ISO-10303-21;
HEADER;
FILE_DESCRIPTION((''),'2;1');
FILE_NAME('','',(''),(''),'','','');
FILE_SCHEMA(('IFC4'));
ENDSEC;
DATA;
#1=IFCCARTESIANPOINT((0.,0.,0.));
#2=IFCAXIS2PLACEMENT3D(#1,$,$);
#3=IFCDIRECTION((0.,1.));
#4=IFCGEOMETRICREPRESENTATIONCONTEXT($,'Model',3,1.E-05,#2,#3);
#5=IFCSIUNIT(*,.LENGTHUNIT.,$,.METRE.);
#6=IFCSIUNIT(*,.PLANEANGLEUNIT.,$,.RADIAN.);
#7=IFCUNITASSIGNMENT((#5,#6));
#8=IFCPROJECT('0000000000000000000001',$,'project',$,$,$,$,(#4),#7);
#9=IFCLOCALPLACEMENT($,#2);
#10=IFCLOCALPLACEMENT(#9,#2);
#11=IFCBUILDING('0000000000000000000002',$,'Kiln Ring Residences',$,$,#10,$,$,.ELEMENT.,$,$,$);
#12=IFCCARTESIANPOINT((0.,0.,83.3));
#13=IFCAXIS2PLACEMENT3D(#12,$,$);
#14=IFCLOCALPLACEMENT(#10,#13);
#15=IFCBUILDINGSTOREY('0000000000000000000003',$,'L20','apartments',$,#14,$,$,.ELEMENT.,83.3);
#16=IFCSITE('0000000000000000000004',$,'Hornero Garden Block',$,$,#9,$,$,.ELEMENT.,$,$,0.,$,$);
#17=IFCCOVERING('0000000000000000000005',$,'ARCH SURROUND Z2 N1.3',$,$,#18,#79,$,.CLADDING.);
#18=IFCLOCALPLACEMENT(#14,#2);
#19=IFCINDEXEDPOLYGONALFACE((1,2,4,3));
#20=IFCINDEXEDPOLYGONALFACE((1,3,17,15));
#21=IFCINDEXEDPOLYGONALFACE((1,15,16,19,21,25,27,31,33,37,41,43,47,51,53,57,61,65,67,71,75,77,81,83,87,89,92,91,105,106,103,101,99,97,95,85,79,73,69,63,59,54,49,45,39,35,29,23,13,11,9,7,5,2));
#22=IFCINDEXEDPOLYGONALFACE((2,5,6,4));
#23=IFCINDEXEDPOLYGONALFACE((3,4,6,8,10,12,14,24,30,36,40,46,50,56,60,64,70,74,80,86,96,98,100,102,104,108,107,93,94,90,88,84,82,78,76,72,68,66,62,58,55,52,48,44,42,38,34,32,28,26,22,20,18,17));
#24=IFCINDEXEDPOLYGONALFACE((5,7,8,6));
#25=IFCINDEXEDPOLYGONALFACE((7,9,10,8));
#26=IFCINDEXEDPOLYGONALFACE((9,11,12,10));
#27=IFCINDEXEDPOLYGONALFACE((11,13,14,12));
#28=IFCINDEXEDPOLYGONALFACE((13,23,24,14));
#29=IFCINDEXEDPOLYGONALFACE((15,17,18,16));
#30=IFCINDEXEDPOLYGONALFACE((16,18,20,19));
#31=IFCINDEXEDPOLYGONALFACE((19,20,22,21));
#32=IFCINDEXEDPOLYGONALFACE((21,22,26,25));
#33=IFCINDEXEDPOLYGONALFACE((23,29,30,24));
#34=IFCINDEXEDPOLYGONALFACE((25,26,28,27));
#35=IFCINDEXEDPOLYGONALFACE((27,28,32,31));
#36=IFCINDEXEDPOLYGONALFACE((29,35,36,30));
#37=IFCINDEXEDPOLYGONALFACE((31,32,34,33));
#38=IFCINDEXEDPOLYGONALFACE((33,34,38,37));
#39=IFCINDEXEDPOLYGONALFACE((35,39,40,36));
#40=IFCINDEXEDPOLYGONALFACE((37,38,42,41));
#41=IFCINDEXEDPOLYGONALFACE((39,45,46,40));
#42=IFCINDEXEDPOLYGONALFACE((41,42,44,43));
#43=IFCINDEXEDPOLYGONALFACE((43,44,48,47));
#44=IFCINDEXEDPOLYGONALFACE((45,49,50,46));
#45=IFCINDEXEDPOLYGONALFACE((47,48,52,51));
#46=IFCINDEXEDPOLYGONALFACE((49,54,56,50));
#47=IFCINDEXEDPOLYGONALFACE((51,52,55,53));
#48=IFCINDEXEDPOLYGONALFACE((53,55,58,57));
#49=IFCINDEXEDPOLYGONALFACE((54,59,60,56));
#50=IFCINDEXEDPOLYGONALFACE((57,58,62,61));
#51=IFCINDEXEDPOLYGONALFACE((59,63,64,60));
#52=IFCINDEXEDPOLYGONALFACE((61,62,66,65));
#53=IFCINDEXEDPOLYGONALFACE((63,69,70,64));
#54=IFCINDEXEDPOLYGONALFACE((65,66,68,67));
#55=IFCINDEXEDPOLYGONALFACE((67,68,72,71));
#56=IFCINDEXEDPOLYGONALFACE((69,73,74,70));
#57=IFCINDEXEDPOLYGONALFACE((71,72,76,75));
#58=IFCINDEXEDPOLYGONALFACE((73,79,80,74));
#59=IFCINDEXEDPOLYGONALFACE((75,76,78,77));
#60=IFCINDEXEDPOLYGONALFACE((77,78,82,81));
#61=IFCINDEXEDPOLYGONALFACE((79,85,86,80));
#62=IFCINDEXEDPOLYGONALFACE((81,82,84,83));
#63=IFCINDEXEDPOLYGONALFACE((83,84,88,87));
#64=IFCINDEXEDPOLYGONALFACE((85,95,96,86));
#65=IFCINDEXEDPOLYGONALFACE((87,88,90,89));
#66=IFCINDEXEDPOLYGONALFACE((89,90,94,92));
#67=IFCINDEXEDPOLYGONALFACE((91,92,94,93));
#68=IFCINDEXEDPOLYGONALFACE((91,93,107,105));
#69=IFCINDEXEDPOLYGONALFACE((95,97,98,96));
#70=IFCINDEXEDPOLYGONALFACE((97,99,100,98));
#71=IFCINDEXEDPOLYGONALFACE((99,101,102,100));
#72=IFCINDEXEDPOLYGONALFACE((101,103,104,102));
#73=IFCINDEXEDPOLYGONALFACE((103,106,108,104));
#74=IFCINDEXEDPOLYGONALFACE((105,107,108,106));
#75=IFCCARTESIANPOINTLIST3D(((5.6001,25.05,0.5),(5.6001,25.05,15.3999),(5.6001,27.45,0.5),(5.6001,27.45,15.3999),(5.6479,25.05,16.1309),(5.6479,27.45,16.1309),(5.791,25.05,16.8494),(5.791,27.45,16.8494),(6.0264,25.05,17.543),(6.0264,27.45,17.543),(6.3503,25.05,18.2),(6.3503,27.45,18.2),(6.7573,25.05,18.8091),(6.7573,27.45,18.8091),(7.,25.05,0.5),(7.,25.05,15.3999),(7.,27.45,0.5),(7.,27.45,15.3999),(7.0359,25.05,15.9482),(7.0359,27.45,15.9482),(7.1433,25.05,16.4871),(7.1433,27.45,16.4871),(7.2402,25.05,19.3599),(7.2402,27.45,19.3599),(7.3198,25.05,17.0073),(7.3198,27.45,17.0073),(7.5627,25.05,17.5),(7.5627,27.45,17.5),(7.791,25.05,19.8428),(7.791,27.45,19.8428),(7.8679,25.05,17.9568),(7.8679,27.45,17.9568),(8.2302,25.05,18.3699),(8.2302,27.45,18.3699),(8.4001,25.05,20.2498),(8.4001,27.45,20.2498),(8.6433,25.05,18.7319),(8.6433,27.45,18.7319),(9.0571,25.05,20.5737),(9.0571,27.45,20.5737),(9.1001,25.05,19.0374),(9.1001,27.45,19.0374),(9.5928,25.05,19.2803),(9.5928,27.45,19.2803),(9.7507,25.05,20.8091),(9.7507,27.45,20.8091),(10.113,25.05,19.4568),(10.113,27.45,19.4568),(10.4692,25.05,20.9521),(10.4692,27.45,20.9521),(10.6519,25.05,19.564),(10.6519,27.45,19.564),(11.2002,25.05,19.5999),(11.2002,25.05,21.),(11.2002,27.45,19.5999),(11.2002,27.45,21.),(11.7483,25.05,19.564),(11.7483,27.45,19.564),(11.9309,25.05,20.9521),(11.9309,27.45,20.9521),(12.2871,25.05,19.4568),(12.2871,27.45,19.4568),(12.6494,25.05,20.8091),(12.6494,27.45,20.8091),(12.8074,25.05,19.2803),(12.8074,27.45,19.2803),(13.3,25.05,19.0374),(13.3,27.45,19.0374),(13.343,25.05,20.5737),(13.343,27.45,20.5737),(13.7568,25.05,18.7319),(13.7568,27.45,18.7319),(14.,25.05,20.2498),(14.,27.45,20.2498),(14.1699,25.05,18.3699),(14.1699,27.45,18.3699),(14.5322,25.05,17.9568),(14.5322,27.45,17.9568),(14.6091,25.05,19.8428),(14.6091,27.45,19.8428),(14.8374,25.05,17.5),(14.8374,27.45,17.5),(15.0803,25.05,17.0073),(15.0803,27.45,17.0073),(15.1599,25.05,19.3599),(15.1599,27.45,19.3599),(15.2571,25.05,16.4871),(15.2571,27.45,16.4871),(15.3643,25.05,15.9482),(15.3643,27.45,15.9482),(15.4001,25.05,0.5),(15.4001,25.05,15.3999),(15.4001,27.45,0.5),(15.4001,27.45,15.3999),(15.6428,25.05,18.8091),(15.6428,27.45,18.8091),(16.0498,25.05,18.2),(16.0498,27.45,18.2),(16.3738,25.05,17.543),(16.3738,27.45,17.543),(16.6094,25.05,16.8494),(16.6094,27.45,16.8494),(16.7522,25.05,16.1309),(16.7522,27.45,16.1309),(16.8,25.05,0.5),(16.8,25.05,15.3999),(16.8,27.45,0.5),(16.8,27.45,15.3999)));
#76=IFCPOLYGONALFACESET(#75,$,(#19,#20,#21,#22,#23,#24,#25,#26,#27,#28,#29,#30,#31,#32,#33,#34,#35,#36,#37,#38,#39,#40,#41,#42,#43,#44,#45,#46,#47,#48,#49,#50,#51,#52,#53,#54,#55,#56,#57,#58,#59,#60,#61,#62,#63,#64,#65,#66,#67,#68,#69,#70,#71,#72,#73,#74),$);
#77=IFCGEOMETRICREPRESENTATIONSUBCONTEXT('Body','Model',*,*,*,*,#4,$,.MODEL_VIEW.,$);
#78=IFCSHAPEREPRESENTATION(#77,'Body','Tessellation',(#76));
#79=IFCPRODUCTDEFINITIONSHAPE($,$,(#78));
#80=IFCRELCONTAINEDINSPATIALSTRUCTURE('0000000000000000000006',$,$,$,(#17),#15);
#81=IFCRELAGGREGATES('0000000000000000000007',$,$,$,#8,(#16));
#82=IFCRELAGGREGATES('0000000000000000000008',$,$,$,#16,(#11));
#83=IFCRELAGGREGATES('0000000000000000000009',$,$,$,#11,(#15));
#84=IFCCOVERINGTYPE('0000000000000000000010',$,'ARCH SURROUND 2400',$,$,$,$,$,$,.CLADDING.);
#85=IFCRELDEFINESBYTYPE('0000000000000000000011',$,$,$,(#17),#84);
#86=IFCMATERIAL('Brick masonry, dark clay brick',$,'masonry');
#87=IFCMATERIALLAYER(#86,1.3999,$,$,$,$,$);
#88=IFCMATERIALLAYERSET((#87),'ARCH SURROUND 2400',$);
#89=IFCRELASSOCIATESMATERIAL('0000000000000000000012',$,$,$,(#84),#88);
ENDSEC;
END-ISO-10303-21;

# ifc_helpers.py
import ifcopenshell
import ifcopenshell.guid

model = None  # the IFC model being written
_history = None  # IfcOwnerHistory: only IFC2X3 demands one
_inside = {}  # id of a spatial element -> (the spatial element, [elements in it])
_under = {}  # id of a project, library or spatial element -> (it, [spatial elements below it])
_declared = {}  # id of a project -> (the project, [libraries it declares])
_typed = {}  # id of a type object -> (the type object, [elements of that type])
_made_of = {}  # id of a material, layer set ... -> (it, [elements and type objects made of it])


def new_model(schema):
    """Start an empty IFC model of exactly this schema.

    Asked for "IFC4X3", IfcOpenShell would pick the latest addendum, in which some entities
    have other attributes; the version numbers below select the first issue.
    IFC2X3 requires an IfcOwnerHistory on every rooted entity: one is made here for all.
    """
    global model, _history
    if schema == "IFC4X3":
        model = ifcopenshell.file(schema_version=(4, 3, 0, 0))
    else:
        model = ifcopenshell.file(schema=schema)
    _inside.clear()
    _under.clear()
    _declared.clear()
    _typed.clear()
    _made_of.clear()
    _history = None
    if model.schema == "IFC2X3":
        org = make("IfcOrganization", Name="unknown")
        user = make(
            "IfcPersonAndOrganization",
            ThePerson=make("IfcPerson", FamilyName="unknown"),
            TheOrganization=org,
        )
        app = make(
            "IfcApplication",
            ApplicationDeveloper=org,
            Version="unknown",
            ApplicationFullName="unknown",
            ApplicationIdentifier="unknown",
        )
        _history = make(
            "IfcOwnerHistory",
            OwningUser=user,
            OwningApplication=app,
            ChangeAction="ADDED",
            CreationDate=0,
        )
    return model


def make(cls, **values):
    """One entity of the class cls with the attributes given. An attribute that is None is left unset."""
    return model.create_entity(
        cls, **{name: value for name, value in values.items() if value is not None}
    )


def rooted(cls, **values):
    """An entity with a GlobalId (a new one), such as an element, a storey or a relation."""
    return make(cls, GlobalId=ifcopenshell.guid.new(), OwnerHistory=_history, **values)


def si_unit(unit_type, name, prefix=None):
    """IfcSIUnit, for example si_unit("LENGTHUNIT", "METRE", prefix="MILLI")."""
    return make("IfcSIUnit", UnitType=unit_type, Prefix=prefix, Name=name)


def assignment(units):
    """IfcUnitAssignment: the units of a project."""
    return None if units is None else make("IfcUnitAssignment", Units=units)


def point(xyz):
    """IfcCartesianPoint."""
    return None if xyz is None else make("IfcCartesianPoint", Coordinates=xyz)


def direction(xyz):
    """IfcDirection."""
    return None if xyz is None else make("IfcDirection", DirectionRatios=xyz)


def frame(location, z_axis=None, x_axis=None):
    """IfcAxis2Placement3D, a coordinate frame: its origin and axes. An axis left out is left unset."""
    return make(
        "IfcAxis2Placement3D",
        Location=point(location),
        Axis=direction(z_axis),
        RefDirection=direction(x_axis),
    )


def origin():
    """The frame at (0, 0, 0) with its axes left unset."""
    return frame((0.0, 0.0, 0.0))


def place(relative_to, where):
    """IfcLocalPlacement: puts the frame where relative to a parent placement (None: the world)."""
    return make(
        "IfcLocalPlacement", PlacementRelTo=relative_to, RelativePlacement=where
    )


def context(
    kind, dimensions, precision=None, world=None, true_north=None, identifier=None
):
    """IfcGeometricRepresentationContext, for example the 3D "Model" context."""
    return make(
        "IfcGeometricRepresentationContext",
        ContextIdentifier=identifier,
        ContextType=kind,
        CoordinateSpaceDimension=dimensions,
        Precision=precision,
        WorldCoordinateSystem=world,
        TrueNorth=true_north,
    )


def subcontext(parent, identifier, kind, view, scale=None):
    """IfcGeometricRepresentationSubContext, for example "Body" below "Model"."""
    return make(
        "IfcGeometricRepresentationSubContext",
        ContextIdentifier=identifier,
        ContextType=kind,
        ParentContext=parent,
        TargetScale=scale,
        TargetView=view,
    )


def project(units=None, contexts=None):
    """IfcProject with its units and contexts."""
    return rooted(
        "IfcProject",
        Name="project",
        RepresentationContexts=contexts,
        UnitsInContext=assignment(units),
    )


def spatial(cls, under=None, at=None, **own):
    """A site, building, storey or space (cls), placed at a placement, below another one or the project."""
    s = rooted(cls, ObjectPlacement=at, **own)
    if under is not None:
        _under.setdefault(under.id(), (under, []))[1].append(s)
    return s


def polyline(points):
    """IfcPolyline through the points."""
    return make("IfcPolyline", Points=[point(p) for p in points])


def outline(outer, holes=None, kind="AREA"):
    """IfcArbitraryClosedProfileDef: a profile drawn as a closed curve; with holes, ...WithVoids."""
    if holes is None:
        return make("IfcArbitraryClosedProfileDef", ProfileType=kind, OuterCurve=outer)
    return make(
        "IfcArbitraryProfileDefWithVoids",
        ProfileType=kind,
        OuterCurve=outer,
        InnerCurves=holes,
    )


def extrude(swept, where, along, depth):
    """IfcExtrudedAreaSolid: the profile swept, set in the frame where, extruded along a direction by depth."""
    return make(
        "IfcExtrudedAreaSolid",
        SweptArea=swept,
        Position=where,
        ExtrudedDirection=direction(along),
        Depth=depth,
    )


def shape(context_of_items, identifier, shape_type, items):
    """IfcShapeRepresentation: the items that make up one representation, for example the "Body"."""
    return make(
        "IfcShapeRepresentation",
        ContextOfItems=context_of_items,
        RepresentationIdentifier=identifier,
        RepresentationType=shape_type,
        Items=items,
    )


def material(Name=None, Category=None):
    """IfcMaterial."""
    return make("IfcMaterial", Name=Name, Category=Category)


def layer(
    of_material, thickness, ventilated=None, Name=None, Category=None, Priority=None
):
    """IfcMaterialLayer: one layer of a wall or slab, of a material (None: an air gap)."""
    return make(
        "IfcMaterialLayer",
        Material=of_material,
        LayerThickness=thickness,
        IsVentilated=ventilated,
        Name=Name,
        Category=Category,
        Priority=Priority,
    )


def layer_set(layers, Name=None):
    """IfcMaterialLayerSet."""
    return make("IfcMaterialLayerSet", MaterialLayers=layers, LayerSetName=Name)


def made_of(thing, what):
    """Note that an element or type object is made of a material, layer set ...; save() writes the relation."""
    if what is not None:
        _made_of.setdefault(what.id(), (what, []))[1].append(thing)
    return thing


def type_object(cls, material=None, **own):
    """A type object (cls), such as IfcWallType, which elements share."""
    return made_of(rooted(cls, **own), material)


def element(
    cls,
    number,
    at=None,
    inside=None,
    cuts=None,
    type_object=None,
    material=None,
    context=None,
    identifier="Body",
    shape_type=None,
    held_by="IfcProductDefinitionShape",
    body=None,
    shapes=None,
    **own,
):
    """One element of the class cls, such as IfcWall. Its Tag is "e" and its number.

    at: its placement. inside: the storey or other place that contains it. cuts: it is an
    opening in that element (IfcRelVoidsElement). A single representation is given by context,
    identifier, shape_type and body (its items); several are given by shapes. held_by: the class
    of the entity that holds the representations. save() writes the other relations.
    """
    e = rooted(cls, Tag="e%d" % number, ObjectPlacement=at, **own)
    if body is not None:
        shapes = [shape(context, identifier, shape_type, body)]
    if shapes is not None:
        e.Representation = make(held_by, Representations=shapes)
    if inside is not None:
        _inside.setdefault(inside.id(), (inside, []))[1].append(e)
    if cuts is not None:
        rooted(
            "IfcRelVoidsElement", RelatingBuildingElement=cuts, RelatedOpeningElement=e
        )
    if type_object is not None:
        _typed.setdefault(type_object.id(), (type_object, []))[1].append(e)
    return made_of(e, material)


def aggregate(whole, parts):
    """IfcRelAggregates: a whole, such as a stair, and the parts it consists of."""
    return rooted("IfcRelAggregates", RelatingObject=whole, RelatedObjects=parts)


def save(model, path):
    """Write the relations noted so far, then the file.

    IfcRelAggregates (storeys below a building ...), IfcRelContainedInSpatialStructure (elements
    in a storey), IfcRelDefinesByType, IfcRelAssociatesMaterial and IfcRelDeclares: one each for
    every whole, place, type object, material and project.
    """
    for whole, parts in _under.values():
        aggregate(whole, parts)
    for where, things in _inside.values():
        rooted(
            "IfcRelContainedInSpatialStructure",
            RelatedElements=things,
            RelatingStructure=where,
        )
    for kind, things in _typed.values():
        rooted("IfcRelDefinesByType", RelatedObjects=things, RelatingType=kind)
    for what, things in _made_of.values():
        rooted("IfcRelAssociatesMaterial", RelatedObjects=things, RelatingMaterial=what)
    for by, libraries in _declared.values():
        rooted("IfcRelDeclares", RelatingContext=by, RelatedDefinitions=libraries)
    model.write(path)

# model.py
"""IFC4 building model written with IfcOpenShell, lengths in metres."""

from ifc_helpers import new_model, si_unit, direction, frame, origin, place, context, subcontext, project, spatial, polyline, outline, extrude, material, layer, layer_set, type_object, element, save


model = new_model("IFC4")

# Units and contexts
model_context = context("Model", 3, precision=1e-05, world=origin(), true_north=direction((0.0, 1.0)))
body_context = subcontext(model_context, "Body", "Model", "MODEL_VIEW")
ifc_project = project(units=[si_unit("LENGTHUNIT", "METRE"), si_unit("PLANEANGLEUNIT", "RADIAN")], contexts=[model_context])

# Site, building, storey
site_placement = place(None, origin())
site = spatial("IfcSite", under=ifc_project, at=site_placement, Name="Hornero Garden Block", CompositionType="ELEMENT", RefElevation=0.0)
building_placement = place(site_placement, origin())
building = spatial("IfcBuilding", under=site, at=building_placement, Name="Kiln Ring Residences", CompositionType="ELEMENT")
storey_placement = place(building_placement, frame((0.0, 0.0, 83.3)))
storey = spatial("IfcBuildingStorey", under=building, at=storey_placement, Name="L20", Description="apartments", CompositionType="ELEMENT", Elevation=83.3)

# Covering
ifc_material_1 = material(Name="Brick masonry, dark clay brick", Category="masonry")
ifc_layer_1 = layer(ifc_material_1, 1.3999)
ifc_layer_set_1 = layer_set([ifc_layer_1], Name="ARCH SURROUND 2400")
covering_type = type_object("IfcCoveringType", Name="ARCH SURROUND 2400", PredefinedType="CLADDING", material=ifc_layer_set_1)
covering_placement = place(storey_placement, frame((5.6001, 26.25, 0.5), z_axis=(0.0, 0.0, 1.0), x_axis=(1.0, 0.0, 0.0)))
element("IfcCovering", 1, at=covering_placement, inside=storey, type_object=covering_type, Name="ARCH SURROUND Z2 N1.3", PredefinedType="CLADDING", context=body_context, shape_type="SweptSolid", body=[
    extrude(outline(polyline([(0.0, 0.0), (0.0, 14.8999), (0.0479, 15.6309), (0.1909, 16.3494), (0.4263, 17.043), (0.7502, 17.7), (1.1572, 18.3091), (1.6401, 18.8599), (2.1909, 19.3428), (2.8, 19.7498), (3.457, 20.0737), (4.1506, 20.3091), (4.8691, 20.4521), (5.6001, 20.5), (6.3308, 20.4521), (7.0493, 20.3091), (7.7429, 20.0737), (8.3999, 19.7498), (9.009, 19.3428), (9.5598, 18.8599), (10.0427, 18.3091), (10.4497, 17.7), (10.7737, 17.043), (11.0093, 16.3494), (11.1521, 15.6309), (11.2, 14.8999), (11.2, 0.0), (9.8, 0.0), (9.8, 14.8999), (9.7642, 15.4482), (9.657, 15.9871), (9.4802, 16.5073), (9.2373, 17.0), (8.9321, 17.4568), (8.5698, 17.8699), (8.1567, 18.2319), (7.7, 18.5374), (7.2073, 18.7803), (6.687, 18.9568), (6.1482, 19.064), (5.6001, 19.0999), (5.0518, 19.064), (4.5129, 18.9568), (3.9927, 18.7803), (3.5, 18.5374), (3.0432, 18.2319), (2.6301, 17.8699), (2.2678, 17.4568), (1.9626, 17.0), (1.7197, 16.5073), (1.5432, 15.9871), (1.4358, 15.4482), (1.3999, 14.8999), (1.3999, 0.0), (0.0, 0.0)])), frame((0.0, 1.2, 0.0), z_axis=(0.0, -1.0, 0.0), x_axis=(1.0, 0.0, 0.0)), (0.0, 0.0, 1.0), 2.3999),
])

save(model, "model.ifc")
